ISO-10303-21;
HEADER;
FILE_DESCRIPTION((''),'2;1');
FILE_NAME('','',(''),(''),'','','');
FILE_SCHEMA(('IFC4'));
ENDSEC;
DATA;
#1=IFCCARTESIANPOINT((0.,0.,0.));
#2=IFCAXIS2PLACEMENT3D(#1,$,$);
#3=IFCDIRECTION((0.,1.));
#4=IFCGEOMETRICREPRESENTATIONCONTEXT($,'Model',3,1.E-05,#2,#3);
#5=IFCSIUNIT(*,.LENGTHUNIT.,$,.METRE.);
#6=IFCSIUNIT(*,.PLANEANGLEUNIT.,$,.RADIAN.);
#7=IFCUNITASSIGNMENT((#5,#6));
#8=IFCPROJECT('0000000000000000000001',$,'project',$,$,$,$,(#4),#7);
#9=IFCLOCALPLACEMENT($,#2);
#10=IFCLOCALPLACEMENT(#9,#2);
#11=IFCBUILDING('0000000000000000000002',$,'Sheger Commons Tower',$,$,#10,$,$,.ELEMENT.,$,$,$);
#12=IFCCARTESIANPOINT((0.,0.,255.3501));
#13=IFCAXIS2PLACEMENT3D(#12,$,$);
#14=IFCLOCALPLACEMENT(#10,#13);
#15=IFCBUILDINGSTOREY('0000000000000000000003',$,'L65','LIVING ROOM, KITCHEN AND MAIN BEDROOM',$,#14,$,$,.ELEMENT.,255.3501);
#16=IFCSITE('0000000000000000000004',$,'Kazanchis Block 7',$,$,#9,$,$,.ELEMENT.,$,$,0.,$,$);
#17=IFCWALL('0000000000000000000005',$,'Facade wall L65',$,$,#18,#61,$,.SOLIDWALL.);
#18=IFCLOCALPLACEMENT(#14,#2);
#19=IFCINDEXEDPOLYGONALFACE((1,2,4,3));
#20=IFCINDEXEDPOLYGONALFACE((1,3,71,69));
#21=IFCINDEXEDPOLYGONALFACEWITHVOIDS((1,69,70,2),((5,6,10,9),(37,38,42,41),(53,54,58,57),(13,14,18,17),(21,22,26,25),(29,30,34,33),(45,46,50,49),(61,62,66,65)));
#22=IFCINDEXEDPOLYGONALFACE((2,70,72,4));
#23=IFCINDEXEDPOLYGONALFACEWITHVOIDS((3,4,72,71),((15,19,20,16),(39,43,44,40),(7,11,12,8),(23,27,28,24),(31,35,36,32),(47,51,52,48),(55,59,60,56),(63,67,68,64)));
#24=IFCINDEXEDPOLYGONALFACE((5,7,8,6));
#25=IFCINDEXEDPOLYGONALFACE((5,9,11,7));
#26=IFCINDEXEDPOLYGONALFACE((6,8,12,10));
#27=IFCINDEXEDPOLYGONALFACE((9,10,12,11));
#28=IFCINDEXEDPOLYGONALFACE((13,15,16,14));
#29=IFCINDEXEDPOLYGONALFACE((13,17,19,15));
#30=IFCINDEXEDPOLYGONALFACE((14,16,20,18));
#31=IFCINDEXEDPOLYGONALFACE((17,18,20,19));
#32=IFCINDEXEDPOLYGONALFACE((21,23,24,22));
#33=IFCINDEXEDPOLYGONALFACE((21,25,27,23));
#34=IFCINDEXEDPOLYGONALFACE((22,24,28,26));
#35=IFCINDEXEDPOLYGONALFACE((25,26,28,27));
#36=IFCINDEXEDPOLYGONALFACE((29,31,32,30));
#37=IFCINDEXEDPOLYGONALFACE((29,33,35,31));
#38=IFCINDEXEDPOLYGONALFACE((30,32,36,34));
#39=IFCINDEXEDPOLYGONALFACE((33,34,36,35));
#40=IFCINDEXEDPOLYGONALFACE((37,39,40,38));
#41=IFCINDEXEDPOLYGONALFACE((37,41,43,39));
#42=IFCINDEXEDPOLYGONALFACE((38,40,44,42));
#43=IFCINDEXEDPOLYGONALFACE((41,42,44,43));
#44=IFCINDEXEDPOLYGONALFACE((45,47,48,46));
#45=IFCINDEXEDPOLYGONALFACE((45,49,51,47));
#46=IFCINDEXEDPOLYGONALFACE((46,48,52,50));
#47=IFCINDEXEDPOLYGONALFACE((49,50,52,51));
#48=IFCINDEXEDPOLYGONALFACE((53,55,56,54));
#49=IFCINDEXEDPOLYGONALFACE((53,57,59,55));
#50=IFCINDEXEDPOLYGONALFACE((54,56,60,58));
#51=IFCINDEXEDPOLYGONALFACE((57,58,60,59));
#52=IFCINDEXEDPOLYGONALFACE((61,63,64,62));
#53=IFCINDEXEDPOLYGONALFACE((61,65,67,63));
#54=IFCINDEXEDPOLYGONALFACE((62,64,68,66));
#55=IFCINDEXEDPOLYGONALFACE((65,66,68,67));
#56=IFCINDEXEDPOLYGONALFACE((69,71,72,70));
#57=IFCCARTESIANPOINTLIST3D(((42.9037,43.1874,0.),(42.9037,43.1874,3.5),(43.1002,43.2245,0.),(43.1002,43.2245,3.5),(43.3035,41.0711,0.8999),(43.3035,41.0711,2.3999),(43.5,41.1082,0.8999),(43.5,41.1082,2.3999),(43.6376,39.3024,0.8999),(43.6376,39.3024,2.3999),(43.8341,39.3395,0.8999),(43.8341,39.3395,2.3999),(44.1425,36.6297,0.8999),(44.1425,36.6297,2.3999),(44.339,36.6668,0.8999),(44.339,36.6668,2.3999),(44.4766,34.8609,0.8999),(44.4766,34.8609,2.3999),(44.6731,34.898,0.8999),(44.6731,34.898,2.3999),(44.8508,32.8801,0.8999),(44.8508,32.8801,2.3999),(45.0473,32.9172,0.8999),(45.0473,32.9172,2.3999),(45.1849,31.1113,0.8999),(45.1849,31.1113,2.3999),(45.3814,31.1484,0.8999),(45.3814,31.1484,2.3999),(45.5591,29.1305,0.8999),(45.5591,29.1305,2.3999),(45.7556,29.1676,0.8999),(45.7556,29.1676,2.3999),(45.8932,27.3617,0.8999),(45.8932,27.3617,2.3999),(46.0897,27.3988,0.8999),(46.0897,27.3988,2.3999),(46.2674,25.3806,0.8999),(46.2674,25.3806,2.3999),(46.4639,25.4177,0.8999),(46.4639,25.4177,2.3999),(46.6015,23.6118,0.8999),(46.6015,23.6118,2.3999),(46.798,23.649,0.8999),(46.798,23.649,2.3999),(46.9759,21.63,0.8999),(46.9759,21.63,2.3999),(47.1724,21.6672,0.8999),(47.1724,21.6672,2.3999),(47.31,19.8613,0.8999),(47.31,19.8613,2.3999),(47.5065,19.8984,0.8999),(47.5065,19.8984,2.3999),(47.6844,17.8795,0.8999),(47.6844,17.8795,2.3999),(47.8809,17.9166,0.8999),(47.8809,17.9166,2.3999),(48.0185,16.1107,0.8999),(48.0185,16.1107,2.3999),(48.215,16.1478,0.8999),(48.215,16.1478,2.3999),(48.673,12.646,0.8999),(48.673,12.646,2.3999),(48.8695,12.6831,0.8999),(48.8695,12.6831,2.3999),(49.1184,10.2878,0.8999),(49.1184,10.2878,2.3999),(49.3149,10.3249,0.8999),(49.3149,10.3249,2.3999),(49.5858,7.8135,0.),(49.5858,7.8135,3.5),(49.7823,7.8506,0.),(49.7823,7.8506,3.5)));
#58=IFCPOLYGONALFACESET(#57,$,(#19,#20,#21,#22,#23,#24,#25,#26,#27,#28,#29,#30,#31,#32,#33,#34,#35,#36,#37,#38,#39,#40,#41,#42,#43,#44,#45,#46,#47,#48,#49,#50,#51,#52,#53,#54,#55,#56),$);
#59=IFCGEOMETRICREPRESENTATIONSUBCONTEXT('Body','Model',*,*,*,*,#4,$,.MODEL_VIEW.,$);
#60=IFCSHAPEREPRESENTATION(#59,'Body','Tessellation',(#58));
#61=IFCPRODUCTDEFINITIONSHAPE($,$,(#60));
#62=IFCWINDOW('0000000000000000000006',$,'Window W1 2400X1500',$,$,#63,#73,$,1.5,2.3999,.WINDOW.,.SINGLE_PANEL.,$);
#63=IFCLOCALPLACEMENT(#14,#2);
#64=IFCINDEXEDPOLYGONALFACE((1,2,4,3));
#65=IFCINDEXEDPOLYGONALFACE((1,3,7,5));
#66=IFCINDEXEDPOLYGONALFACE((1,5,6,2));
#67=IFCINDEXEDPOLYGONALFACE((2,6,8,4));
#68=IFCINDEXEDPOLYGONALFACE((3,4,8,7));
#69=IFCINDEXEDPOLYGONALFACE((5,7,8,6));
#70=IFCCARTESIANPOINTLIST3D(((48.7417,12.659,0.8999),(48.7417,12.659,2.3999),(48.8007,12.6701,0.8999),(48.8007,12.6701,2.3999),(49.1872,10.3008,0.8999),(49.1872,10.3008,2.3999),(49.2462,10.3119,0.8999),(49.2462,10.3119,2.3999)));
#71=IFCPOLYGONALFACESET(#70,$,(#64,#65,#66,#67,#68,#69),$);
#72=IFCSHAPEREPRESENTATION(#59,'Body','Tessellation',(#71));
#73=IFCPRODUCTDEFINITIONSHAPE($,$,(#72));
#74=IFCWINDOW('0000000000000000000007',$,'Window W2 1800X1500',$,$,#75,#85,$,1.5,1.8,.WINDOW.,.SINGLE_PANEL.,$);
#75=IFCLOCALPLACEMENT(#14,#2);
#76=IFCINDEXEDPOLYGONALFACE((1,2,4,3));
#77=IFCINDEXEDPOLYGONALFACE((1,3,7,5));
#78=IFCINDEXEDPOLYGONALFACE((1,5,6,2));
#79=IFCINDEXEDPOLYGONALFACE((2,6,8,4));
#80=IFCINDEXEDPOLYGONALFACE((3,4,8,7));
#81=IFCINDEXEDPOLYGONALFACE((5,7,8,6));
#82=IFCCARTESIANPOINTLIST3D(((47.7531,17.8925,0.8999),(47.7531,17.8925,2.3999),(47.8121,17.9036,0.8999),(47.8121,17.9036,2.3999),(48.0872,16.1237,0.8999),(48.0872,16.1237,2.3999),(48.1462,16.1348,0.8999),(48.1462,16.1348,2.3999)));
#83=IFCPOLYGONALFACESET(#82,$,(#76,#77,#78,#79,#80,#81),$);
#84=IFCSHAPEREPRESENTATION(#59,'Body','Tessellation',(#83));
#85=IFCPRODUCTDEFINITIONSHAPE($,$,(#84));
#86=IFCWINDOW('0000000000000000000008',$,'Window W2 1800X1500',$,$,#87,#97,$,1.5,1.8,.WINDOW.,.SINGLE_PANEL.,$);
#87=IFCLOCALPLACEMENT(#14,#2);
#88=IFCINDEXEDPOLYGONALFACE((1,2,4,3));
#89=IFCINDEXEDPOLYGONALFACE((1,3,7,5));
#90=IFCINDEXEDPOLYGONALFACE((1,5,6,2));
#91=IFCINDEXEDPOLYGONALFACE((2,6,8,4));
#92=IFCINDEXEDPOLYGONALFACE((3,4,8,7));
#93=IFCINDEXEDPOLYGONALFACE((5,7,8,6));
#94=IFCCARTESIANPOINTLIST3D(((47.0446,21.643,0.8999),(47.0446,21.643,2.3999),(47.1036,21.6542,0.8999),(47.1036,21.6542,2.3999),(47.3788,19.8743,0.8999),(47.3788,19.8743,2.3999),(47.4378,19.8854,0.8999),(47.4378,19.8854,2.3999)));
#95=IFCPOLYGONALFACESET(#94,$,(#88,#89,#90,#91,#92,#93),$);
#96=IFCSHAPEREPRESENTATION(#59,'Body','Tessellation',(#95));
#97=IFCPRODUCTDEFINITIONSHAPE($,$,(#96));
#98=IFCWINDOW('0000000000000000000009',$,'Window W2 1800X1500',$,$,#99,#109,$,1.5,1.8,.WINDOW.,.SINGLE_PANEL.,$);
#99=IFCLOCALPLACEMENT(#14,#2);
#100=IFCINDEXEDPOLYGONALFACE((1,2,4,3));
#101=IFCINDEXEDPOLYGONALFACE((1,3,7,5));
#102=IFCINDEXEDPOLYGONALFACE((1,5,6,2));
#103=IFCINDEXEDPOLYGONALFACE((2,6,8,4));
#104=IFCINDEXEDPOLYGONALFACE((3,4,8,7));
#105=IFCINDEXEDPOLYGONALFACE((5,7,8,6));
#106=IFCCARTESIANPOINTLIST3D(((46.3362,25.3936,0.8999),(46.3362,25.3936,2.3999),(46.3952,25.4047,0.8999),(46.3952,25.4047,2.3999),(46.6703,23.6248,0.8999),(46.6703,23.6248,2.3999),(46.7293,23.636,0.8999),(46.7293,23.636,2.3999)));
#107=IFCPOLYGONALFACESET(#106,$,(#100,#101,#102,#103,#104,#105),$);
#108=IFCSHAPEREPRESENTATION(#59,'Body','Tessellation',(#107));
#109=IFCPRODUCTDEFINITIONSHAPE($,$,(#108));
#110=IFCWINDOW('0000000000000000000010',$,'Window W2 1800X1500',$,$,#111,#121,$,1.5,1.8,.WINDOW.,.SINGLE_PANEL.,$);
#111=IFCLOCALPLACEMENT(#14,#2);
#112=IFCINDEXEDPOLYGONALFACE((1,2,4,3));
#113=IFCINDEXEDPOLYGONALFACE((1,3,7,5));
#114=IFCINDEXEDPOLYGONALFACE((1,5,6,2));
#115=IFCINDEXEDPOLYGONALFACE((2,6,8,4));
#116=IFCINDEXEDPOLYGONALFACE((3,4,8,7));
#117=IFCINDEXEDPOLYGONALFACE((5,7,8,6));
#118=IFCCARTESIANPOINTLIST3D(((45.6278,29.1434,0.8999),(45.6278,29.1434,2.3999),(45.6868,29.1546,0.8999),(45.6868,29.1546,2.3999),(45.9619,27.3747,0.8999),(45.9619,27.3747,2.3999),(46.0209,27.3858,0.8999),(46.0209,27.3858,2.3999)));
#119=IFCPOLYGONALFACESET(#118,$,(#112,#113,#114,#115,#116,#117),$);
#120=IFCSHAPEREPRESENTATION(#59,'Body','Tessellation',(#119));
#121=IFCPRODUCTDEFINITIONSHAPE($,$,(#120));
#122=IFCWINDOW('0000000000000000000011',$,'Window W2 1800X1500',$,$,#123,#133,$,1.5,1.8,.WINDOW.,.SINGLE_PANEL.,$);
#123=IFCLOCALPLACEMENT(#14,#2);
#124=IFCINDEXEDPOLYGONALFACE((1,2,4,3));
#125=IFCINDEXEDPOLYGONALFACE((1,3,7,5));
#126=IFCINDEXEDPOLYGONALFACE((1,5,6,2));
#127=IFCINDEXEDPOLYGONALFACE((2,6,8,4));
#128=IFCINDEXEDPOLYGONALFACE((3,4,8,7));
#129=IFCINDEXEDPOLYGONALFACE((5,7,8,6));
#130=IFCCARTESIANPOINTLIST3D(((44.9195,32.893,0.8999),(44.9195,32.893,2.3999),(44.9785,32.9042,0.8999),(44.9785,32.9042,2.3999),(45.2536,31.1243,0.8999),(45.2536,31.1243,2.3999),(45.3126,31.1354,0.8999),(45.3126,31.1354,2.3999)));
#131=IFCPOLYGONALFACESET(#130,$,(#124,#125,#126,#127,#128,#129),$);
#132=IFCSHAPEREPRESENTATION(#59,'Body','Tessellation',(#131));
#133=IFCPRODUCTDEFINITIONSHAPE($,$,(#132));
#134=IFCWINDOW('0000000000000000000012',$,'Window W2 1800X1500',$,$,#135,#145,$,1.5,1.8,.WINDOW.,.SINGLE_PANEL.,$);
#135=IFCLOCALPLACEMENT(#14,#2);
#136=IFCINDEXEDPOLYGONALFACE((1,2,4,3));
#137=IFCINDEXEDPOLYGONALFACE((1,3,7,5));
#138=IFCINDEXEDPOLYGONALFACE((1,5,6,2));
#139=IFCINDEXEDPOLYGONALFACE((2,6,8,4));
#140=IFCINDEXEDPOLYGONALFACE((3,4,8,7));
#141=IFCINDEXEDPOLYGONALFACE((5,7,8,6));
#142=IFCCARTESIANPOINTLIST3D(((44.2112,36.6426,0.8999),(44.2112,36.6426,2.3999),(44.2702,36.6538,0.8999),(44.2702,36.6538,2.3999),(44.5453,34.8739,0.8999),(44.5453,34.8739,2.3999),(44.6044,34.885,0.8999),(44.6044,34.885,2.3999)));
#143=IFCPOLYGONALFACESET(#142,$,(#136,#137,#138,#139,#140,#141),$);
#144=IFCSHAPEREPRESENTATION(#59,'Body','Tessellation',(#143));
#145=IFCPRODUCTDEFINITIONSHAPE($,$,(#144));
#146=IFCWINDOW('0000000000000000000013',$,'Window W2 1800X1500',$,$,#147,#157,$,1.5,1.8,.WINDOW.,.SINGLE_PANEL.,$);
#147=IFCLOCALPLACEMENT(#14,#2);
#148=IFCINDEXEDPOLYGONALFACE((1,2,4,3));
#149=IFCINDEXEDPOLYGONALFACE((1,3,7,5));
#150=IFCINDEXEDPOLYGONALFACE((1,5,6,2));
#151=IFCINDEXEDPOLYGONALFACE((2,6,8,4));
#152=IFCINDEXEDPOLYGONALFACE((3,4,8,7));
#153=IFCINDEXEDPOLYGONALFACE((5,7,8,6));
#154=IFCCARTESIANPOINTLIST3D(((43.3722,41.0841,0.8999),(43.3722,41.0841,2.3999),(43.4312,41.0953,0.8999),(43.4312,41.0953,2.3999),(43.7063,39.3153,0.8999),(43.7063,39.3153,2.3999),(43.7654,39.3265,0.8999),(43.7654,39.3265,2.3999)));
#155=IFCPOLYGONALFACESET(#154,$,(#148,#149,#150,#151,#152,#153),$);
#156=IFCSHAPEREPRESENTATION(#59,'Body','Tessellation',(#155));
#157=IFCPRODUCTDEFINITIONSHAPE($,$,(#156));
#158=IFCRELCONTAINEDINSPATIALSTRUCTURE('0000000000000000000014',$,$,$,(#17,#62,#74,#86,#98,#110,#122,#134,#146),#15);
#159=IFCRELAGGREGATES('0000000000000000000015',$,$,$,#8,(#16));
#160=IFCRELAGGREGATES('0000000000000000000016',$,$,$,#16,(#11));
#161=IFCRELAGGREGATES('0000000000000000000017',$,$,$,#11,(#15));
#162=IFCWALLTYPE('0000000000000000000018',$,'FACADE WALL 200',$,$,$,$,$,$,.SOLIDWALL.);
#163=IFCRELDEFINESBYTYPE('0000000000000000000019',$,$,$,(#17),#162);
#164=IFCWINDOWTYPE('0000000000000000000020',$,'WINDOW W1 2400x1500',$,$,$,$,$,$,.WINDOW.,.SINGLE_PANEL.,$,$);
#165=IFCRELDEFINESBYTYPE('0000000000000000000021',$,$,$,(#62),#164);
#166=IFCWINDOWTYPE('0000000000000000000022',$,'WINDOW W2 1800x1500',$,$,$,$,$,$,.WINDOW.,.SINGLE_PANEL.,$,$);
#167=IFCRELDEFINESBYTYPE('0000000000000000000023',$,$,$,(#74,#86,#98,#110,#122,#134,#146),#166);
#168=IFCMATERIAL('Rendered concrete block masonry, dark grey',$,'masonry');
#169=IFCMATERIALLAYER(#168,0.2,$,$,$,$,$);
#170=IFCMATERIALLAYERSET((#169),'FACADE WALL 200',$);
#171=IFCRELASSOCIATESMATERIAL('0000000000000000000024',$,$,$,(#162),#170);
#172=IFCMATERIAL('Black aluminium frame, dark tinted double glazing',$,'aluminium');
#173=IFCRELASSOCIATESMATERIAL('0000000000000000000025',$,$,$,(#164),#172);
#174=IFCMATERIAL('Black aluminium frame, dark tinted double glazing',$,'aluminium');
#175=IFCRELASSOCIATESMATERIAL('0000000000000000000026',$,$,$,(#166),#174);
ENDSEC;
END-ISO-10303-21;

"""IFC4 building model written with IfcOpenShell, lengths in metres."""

from ifc_helpers import new_model, si_unit, direction, frame, frame_2d, origin, place, context, subcontext, project, spatial, rectangle, extrude, material, layer, layer_set, type_object, element, fill, save


model = new_model("IFC4")

# Units and contexts
model_context = context("Model", 3, precision=1e-05, world=origin(), true_north=direction((0.0, 1.0)))
body_context = subcontext(model_context, "Body", "Model", "MODEL_VIEW")
ifc_project = project(units=[si_unit("LENGTHUNIT", "METRE"), si_unit("PLANEANGLEUNIT", "RADIAN")], contexts=[model_context])

# Site, building, storey
site_placement = place(None, origin())
site = spatial("IfcSite", under=ifc_project, at=site_placement, Name="Kazanchis Block 7", CompositionType="ELEMENT", RefElevation=0.0)
building_placement = place(site_placement, origin())
building = spatial("IfcBuilding", under=site, at=building_placement, Name="Sheger Commons Tower", CompositionType="ELEMENT")
storey_placement = place(building_placement, frame((0.0, 0.0, 255.3501)))
storey = spatial("IfcBuildingStorey", under=building, at=storey_placement, Name="L65", Description="LIVING ROOM, KITCHEN AND MAIN BEDROOM", CompositionType="ELEMENT", Elevation=255.3501)

# Shared definitions
ifc_material_1 = material(Name="Rendered concrete block masonry, dark grey", Category="masonry")
ifc_layer_1 = layer(ifc_material_1, 0.2)
ifc_layer_set_1 = layer_set([ifc_layer_1], Name="FACADE WALL 200")
wall_type_1 = type_object("IfcWallType", Name="FACADE WALL 200", PredefinedType="SOLIDWALL", material=ifc_layer_set_1)

# Wall, openings, windows
wall_1_placement = place(storey_placement, frame((49.6841, 7.832, 0.0), z_axis=(0.0, 0.0, 1.0), x_axis=(-0.185617, 0.982622, 0.0)))
wall_1 = element("IfcWall", 1, at=wall_1_placement, inside=storey, type_object=wall_type_1, Name="Facade wall L65", PredefinedType="SOLIDWALL", context=body_context, shape_type="SweptSolid", body=[
    extrude(rectangle(XDim=35.9995, YDim=0.2, at=frame_2d((17.9998, 0.0))), origin(), (0.0, 0.0, 1.0), 3.5),
])
opening_1_placement = place(wall_1_placement, frame((2.5181, 0.0, 0.8999)))
opening_1 = element("IfcOpeningElement", 2, at=opening_1_placement, cuts=wall_1, PredefinedType="OPENING", context=body_context, shape_type="SweptSolid", body=[
    extrude(rectangle(XDim=2.3999, YDim=1.5, at=frame_2d((1.2, 0.75))), frame((0.0, 0.1099, 0.0), z_axis=(0.0, -1.0, 0.0), x_axis=(1.0, 0.0, 0.0)), (0.0, 0.0, 1.0), 0.22),
])
opening_2_placement = place(wall_1_placement, frame((8.4441, 0.0, 0.8999)))
opening_2 = element("IfcOpeningElement", 3, at=opening_2_placement, cuts=wall_1, PredefinedType="OPENING", context=body_context, shape_type="SweptSolid", body=[
    extrude(rectangle(XDim=1.8, YDim=1.5, at=frame_2d((0.8999, 0.75))), frame((0.0, 0.1099, 0.0), z_axis=(0.0, -1.0, 0.0), x_axis=(1.0, 0.0, 0.0)), (0.0, 0.0, 1.0), 0.22),
])
opening_3_placement = place(wall_1_placement, frame((12.261, 0.0, 0.8999)))
opening_3 = element("IfcOpeningElement", 4, at=opening_3_placement, cuts=wall_1, PredefinedType="OPENING", context=body_context, shape_type="SweptSolid", body=[
    extrude(rectangle(XDim=1.8, YDim=1.5, at=frame_2d((0.8999, 0.75))), frame((0.0, 0.1099, 0.0), z_axis=(0.0, -1.0, 0.0), x_axis=(1.0, 0.0, 0.0)), (0.0, 0.0, 1.0), 0.22),
])
opening_4_placement = place(wall_1_placement, frame((16.0779, 0.0, 0.8999)))
opening_4 = element("IfcOpeningElement", 5, at=opening_4_placement, cuts=wall_1, PredefinedType="OPENING", context=body_context, shape_type="SweptSolid", body=[
    extrude(rectangle(XDim=1.8, YDim=1.5, at=frame_2d((0.8999, 0.75))), frame((0.0, 0.1099, 0.0), z_axis=(0.0, -1.0, 0.0), x_axis=(1.0, 0.0, 0.0)), (0.0, 0.0, 1.0), 0.22),
])
opening_5_placement = place(wall_1_placement, frame((19.894, 0.0, 0.8999)))
opening_5 = element("IfcOpeningElement", 6, at=opening_5_placement, cuts=wall_1, PredefinedType="OPENING", context=body_context, shape_type="SweptSolid", body=[
    extrude(rectangle(XDim=1.8, YDim=1.5, at=frame_2d((0.8999, 0.75))), frame((0.0, 0.1099, 0.0), z_axis=(0.0, -1.0, 0.0), x_axis=(1.0, 0.0, 0.0)), (0.0, 0.0, 1.0), 0.22),
])
opening_6_placement = place(wall_1_placement, frame((23.71, 0.0, 0.8999)))
opening_6 = element("IfcOpeningElement", 7, at=opening_6_placement, cuts=wall_1, PredefinedType="OPENING", context=body_context, shape_type="SweptSolid", body=[
    extrude(rectangle(XDim=1.8, YDim=1.5, at=frame_2d((0.8999, 0.75))), frame((0.0, 0.1099, 0.0), z_axis=(0.0, -1.0, 0.0), x_axis=(1.0, 0.0, 0.0)), (0.0, 0.0, 1.0), 0.22),
])
opening_7_placement = place(wall_1_placement, frame((27.5259, 0.0, 0.8999)))
opening_7 = element("IfcOpeningElement", 8, at=opening_7_placement, cuts=wall_1, PredefinedType="OPENING", context=body_context, shape_type="SweptSolid", body=[
    extrude(rectangle(XDim=1.8, YDim=1.5, at=frame_2d((0.8999, 0.75))), frame((0.0, 0.1099, 0.0), z_axis=(0.0, -1.0, 0.0), x_axis=(1.0, 0.0, 0.0)), (0.0, 0.0, 1.0), 0.22),
])
opening_8_placement = place(wall_1_placement, frame((32.0459, 0.0, 0.8999)))
opening_8 = element("IfcOpeningElement", 9, at=opening_8_placement, cuts=wall_1, PredefinedType="OPENING", context=body_context, shape_type="SweptSolid", body=[
    extrude(rectangle(XDim=1.8, YDim=1.5, at=frame_2d((0.8999, 0.75))), frame((0.0, 0.1099, 0.0), z_axis=(0.0, -1.0, 0.0), x_axis=(1.0, 0.0, 0.0)), (0.0, 0.0, 1.0), 0.22),
])
ifc_material_2 = material(Name="Black aluminium frame, dark tinted double glazing", Category="aluminium")
window_type_1 = type_object("IfcWindowType", Name="WINDOW W1 2400x1500", PartitioningType="SINGLE_PANEL", PredefinedType="WINDOW", material=ifc_material_2)
window_1_placement = place(opening_1_placement, origin())
window_1 = element("IfcWindow", 10, at=window_1_placement, inside=storey, type_object=window_type_1, Name="Window W1 2400X1500", OverallHeight=1.5, OverallWidth=2.3999, PartitioningType="SINGLE_PANEL", PredefinedType="WINDOW", context=body_context, shape_type="SweptSolid", body=[
    extrude(rectangle(XDim=2.3999, YDim=1.5, at=frame_2d((1.2, 0.75))), frame((0.0, 0.03, 0.0), z_axis=(0.0, -1.0, 0.0), x_axis=(1.0, 0.0, 0.0)), (0.0, 0.0, 1.0), 0.0601),
])
fill(opening_1, window_1)
ifc_material_3 = material(Name="Black aluminium frame, dark tinted double glazing", Category="aluminium")
window_type_2 = type_object("IfcWindowType", Name="WINDOW W2 1800x1500", PartitioningType="SINGLE_PANEL", PredefinedType="WINDOW", material=ifc_material_3)
window_2_placement = place(opening_2_placement, origin())
window_2 = element("IfcWindow", 11, at=window_2_placement, inside=storey, type_object=window_type_2, Name="Window W2 1800X1500", OverallHeight=1.5, OverallWidth=1.8, PartitioningType="SINGLE_PANEL", PredefinedType="WINDOW", context=body_context, shape_type="SweptSolid", body=[
    extrude(rectangle(XDim=1.8, YDim=1.5, at=frame_2d((0.8999, 0.75))), frame((0.0, 0.03, 0.0), z_axis=(0.0, -1.0, 0.0), x_axis=(1.0, 0.0, 0.0)), (0.0, 0.0, 1.0), 0.0601),
])
fill(opening_2, window_2)
window_3_placement = place(opening_3_placement, origin())
window_3 = element("IfcWindow", 12, at=window_3_placement, inside=storey, type_object=window_type_2, Name="Window W2 1800X1500", OverallHeight=1.5, OverallWidth=1.8, PartitioningType="SINGLE_PANEL", PredefinedType="WINDOW", context=body_context, shape_type="SweptSolid", body=[
    extrude(rectangle(XDim=1.8, YDim=1.5, at=frame_2d((0.8999, 0.75))), frame((0.0, 0.03, 0.0), z_axis=(0.0, -1.0, 0.0), x_axis=(1.0, 0.0, 0.0)), (0.0, 0.0, 1.0), 0.0601),
])
fill(opening_3, window_3)
window_4_placement = place(opening_4_placement, origin())
window_4 = element("IfcWindow", 13, at=window_4_placement, inside=storey, type_object=window_type_2, Name="Window W2 1800X1500", OverallHeight=1.5, OverallWidth=1.8, PartitioningType="SINGLE_PANEL", PredefinedType="WINDOW", context=body_context, shape_type="SweptSolid", body=[
    extrude(rectangle(XDim=1.8, YDim=1.5, at=frame_2d((0.8999, 0.75))), frame((0.0, 0.03, 0.0), z_axis=(0.0, -1.0, 0.0), x_axis=(1.0, 0.0, 0.0)), (0.0, 0.0, 1.0), 0.0601),
])
fill(opening_4, window_4)
window_5_placement = place(opening_5_placement, origin())
window_5 = element("IfcWindow", 14, at=window_5_placement, inside=storey, type_object=window_type_2, Name="Window W2 1800X1500", OverallHeight=1.5, OverallWidth=1.8, PartitioningType="SINGLE_PANEL", PredefinedType="WINDOW", context=body_context, shape_type="SweptSolid", body=[
    extrude(rectangle(XDim=1.8, YDim=1.5, at=frame_2d((0.8999, 0.75))), frame((0.0, 0.03, 0.0), z_axis=(0.0, -1.0, 0.0), x_axis=(1.0, 0.0, 0.0)), (0.0, 0.0, 1.0), 0.0601),
])
fill(opening_5, window_5)
window_6_placement = place(opening_6_placement, origin())
window_6 = element("IfcWindow", 15, at=window_6_placement, inside=storey, type_object=window_type_2, Name="Window W2 1800X1500", OverallHeight=1.5, OverallWidth=1.8, PartitioningType="SINGLE_PANEL", PredefinedType="WINDOW", context=body_context, shape_type="SweptSolid", body=[
    extrude(rectangle(XDim=1.8, YDim=1.5, at=frame_2d((0.8999, 0.75))), frame((0.0, 0.03, 0.0), z_axis=(0.0, -1.0, 0.0), x_axis=(1.0, 0.0, 0.0)), (0.0, 0.0, 1.0), 0.0601),
])
fill(opening_6, window_6)
window_7_placement = place(opening_7_placement, origin())
window_7 = element("IfcWindow", 16, at=window_7_placement, inside=storey, type_object=window_type_2, Name="Window W2 1800X1500", OverallHeight=1.5, OverallWidth=1.8, PartitioningType="SINGLE_PANEL", PredefinedType="WINDOW", context=body_context, shape_type="SweptSolid", body=[
    extrude(rectangle(XDim=1.8, YDim=1.5, at=frame_2d((0.8999, 0.75))), frame((0.0, 0.03, 0.0), z_axis=(0.0, -1.0, 0.0), x_axis=(1.0, 0.0, 0.0)), (0.0, 0.0, 1.0), 0.0601),
])
fill(opening_7, window_7)
window_8_placement = place(opening_8_placement, origin())
window_8 = element("IfcWindow", 17, at=window_8_placement, inside=storey, type_object=window_type_2, Name="Window W2 1800X1500", OverallHeight=1.5, OverallWidth=1.8, PartitioningType="SINGLE_PANEL", PredefinedType="WINDOW", context=body_context, shape_type="SweptSolid", body=[
    extrude(rectangle(XDim=1.8, YDim=1.5, at=frame_2d((0.8999, 0.75))), frame((0.0, 0.03, 0.0), z_axis=(0.0, -1.0, 0.0), x_axis=(1.0, 0.0, 0.0)), (0.0, 0.0, 1.0), 0.0601),
])
fill(opening_8, window_8)

save(model, "model.ifc")
